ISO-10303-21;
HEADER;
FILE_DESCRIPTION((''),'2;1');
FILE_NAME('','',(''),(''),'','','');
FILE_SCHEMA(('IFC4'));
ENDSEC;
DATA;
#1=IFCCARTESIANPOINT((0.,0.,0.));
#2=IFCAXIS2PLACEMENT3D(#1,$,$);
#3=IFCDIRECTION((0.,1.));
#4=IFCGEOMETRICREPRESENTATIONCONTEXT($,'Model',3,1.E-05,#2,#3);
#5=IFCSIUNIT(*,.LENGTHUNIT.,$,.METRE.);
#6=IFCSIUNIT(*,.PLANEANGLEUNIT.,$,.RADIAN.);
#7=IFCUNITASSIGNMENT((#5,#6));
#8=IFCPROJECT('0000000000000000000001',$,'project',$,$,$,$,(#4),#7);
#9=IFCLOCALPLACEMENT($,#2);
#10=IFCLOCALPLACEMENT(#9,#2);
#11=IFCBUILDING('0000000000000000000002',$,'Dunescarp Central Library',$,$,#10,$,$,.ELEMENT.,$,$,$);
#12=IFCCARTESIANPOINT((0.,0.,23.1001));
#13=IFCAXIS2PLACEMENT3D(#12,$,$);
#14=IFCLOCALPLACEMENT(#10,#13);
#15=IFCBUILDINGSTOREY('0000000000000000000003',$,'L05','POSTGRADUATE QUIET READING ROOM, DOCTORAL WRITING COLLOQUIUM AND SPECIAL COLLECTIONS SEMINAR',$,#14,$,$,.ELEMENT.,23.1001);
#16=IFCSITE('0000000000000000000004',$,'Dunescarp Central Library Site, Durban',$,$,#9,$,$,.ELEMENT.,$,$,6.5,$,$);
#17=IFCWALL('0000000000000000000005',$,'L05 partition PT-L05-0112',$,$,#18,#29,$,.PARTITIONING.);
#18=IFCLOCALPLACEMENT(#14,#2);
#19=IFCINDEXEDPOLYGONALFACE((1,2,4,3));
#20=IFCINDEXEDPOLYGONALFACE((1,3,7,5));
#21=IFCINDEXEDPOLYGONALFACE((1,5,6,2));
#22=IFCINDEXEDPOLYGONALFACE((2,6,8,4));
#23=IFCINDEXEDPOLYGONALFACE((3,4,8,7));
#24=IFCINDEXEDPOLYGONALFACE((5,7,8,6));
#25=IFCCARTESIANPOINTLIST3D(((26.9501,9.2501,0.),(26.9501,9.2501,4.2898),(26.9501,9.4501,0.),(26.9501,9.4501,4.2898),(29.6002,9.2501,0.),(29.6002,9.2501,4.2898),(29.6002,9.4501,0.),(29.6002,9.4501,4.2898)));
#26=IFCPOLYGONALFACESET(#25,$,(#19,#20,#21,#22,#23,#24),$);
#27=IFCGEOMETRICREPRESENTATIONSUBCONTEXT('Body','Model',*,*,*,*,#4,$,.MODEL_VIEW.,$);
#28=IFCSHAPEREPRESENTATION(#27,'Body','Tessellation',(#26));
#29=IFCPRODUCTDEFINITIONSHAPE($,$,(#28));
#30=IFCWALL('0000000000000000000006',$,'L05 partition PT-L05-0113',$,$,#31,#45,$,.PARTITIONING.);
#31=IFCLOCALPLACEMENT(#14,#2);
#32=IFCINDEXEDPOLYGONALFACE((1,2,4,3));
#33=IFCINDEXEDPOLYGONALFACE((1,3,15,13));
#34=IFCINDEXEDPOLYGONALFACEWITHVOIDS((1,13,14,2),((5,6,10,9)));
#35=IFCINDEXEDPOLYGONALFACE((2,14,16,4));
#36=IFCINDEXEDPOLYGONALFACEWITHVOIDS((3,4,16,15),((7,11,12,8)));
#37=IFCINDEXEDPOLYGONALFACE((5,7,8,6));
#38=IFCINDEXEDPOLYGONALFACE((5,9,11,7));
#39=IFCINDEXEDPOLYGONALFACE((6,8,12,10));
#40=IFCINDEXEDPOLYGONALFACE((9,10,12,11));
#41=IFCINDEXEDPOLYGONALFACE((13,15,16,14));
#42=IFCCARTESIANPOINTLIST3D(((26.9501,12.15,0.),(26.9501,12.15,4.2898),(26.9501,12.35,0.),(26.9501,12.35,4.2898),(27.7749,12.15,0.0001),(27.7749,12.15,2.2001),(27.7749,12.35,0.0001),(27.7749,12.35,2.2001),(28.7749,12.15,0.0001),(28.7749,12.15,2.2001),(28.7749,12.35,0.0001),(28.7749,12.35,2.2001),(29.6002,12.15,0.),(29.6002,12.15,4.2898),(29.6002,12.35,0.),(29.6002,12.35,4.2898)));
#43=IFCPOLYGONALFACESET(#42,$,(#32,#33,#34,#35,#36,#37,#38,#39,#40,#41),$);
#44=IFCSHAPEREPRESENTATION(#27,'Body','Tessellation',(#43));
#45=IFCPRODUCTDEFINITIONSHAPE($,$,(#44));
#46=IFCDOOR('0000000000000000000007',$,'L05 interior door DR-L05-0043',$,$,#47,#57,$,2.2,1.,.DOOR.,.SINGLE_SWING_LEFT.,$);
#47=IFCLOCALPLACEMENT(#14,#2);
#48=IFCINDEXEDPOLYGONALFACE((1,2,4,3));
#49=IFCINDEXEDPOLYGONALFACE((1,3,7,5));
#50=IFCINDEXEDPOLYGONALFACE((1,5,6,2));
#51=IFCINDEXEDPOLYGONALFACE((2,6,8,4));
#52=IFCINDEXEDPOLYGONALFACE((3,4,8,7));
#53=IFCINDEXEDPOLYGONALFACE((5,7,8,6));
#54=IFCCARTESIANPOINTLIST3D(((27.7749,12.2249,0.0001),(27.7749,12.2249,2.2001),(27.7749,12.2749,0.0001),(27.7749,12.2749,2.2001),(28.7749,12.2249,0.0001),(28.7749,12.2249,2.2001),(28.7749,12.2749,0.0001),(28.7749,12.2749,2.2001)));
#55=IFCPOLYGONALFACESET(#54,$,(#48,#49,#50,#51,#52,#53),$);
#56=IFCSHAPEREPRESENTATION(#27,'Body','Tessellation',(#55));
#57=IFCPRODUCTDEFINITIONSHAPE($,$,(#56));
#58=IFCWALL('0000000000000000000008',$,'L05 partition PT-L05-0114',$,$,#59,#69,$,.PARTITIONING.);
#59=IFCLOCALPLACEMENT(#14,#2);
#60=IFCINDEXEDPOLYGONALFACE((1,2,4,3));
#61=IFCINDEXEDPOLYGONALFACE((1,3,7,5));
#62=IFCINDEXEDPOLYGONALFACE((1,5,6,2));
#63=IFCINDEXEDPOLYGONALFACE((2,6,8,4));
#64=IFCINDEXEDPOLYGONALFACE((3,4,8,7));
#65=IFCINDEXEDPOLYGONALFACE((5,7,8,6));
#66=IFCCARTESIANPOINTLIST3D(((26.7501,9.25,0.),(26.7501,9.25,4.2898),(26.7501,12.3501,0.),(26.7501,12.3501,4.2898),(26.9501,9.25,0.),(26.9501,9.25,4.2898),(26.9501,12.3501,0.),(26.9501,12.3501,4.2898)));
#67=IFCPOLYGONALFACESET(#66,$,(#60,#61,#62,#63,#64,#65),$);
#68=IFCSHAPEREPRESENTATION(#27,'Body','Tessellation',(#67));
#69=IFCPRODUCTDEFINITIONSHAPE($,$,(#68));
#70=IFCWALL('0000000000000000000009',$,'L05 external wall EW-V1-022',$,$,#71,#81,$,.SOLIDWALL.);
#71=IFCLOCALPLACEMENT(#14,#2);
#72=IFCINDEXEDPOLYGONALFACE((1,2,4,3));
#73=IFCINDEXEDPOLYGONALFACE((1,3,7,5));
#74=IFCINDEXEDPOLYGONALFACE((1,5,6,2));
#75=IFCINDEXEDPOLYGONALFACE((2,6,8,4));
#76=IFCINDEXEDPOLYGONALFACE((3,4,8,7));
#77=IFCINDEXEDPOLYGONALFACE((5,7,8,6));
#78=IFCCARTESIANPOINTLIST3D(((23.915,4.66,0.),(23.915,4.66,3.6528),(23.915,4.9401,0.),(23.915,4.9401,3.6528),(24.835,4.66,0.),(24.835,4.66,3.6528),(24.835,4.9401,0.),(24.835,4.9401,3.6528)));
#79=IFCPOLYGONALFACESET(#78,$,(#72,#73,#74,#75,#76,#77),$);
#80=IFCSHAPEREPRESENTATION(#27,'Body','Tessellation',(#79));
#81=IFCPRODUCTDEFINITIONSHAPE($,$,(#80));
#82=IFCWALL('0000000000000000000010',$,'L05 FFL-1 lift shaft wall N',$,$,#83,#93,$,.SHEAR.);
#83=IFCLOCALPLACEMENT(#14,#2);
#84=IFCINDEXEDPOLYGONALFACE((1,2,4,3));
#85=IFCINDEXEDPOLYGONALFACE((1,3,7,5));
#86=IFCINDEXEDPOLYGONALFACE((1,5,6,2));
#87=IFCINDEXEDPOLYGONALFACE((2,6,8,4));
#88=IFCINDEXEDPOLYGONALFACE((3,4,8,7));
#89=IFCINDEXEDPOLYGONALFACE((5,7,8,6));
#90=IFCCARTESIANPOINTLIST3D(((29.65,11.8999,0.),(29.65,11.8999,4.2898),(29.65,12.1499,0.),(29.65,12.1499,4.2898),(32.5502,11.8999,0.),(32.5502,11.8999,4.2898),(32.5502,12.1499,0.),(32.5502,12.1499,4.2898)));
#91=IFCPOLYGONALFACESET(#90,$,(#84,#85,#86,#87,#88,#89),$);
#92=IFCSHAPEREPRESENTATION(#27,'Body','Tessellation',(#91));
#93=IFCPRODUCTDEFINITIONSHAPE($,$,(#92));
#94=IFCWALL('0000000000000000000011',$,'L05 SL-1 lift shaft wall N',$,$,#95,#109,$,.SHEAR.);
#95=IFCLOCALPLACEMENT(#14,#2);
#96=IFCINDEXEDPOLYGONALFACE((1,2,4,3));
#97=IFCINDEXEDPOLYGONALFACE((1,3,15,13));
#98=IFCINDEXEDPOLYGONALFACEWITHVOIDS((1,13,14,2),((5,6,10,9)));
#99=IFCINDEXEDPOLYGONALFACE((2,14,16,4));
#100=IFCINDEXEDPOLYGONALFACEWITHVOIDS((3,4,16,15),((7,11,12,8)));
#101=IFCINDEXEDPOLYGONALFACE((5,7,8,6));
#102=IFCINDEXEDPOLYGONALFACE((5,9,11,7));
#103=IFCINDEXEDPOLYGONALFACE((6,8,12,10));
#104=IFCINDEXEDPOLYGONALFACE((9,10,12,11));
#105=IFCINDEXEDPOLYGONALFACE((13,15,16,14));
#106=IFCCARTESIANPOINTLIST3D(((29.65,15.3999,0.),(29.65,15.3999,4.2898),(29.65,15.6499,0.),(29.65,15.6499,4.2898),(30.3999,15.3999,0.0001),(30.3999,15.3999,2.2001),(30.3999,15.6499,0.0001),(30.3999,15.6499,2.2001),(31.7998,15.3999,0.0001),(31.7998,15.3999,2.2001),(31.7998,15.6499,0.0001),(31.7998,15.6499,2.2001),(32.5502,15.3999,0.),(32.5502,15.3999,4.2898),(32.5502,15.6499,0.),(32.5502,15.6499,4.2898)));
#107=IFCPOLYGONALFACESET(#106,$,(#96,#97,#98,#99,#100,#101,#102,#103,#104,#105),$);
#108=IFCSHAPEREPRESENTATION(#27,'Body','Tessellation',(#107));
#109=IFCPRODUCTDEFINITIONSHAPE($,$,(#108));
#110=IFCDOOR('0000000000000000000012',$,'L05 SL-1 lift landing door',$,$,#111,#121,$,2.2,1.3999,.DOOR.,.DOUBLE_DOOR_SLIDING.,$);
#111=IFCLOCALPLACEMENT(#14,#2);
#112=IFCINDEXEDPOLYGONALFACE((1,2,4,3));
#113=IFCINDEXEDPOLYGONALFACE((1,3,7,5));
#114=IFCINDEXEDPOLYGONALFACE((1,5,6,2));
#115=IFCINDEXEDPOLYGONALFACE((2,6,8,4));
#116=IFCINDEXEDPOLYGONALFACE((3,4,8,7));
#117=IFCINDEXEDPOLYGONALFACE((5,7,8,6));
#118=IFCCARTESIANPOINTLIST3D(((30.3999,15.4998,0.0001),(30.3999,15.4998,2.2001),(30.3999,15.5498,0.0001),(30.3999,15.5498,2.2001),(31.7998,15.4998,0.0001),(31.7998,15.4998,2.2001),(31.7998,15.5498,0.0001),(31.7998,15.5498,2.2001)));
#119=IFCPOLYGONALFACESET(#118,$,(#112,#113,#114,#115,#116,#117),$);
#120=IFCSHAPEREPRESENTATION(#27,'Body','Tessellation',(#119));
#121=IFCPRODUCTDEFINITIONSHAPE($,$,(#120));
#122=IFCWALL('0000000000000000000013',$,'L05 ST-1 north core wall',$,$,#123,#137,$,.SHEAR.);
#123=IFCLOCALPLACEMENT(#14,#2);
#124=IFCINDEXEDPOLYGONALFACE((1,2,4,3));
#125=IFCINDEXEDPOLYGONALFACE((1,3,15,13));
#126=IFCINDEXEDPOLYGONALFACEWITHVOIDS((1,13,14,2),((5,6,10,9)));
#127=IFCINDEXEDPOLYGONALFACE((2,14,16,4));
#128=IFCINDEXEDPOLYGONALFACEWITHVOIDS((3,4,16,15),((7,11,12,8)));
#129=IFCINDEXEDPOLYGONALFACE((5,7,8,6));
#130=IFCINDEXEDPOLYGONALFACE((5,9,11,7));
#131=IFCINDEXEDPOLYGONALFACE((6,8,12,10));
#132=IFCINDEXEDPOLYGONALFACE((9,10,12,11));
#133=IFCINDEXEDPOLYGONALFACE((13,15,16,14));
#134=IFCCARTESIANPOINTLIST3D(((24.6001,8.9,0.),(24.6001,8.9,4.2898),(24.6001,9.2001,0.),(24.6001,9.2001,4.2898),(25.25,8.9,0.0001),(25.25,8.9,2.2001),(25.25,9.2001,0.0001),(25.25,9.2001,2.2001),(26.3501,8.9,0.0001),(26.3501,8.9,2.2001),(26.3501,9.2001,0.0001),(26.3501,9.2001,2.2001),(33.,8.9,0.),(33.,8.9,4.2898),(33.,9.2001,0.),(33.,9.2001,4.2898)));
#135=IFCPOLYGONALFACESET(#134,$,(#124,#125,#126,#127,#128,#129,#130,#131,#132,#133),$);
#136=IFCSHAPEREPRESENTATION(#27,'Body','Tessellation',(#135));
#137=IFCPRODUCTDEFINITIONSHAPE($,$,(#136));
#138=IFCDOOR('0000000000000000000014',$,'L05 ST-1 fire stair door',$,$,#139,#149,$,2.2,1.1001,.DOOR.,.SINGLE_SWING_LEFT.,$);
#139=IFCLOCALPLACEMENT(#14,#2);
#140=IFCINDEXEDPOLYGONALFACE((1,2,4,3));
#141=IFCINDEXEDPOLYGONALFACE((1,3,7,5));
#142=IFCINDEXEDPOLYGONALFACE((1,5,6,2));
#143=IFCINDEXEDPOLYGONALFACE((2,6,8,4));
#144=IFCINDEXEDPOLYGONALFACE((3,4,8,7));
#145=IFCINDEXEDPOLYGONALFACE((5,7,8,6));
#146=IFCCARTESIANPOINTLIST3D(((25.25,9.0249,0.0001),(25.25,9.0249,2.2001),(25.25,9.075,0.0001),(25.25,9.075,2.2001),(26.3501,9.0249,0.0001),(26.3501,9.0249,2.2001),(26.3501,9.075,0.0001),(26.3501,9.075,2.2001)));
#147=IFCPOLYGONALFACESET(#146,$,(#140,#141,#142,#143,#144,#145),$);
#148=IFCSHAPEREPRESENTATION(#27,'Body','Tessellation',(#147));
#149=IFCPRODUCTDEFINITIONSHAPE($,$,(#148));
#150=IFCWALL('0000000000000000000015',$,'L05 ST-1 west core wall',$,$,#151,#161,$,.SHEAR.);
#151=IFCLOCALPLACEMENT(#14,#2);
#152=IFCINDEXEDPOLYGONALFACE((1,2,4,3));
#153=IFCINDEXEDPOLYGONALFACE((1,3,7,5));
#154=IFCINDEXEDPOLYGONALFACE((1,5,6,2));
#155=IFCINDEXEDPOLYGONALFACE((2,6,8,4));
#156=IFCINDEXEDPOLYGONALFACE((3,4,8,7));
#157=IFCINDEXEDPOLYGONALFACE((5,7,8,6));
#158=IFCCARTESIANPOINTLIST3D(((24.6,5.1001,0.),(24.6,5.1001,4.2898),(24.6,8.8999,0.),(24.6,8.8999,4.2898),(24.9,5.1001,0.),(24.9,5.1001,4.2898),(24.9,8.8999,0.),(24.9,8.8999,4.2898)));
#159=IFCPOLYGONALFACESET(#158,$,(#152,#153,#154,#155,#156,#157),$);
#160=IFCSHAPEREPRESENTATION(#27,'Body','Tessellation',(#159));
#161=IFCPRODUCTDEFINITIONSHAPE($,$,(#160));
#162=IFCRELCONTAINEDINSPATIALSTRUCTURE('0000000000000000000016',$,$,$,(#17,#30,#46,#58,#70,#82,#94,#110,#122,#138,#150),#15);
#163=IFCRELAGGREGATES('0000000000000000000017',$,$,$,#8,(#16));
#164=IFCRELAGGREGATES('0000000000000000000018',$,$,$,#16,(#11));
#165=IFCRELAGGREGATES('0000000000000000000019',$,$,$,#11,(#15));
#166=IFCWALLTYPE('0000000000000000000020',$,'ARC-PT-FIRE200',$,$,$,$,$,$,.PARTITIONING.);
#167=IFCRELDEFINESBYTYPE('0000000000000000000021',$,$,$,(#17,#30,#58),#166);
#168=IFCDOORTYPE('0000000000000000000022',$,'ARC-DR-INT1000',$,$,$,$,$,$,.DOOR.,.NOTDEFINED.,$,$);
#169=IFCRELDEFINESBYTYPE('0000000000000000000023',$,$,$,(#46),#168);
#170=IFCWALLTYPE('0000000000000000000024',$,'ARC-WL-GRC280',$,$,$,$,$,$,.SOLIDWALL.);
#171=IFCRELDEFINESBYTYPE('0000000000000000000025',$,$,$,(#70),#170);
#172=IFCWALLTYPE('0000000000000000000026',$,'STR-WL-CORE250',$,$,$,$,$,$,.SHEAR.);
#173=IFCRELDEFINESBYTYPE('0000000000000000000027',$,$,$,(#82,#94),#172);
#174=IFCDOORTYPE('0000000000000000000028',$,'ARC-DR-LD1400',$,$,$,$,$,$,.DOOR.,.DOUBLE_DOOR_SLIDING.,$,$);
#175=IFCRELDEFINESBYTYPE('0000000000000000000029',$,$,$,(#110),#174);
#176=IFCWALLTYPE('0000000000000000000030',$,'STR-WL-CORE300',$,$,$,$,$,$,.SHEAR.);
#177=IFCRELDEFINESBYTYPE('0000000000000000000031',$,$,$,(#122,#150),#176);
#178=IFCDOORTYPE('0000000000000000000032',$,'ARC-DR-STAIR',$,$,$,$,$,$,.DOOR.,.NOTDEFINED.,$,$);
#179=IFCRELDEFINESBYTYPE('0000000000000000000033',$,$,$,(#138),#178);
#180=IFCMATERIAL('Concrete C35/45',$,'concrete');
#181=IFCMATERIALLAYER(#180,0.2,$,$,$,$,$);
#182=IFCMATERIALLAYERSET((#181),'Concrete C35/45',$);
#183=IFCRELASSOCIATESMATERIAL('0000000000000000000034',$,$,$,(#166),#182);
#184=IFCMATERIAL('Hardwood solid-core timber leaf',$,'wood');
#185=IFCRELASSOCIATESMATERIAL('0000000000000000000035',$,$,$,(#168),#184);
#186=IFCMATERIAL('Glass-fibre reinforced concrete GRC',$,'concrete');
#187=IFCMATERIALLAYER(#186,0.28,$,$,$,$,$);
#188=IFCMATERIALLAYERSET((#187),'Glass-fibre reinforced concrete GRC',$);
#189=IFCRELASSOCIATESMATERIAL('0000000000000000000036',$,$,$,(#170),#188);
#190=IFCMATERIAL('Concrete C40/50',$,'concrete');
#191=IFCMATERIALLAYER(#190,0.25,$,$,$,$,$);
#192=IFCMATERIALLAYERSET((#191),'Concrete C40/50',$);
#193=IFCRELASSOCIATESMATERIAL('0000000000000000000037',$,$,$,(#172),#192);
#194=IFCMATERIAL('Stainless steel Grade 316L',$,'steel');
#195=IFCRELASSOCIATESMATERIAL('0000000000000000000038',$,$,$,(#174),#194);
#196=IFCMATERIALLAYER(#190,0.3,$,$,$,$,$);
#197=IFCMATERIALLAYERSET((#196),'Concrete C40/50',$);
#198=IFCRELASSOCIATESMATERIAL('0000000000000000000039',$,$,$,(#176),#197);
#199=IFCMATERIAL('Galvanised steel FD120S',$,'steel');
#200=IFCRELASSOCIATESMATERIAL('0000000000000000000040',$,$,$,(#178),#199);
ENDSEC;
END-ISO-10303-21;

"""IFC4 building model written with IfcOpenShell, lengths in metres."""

from ifc_helpers import new_model, si_unit, direction, frame, frame_2d, origin, place, context, subcontext, project, spatial, rectangle, extrude, material, layer, layer_set, type_object, element, fill, save


model = new_model("IFC4")

# Units and contexts
model_context = context("Model", 3, precision=1e-05, world=origin(), true_north=direction((0.0, 1.0)))
body_context = subcontext(model_context, "Body", "Model", "MODEL_VIEW")
ifc_project = project(units=[si_unit("LENGTHUNIT", "METRE"), si_unit("PLANEANGLEUNIT", "RADIAN")], contexts=[model_context])

# Site, building, storey
site_placement = place(None, origin())
site = spatial("IfcSite", under=ifc_project, at=site_placement, Name="Dunescarp Central Library Site, Durban", CompositionType="ELEMENT", RefElevation=6.5)
building_placement = place(site_placement, origin())
building = spatial("IfcBuilding", under=site, at=building_placement, Name="Dunescarp Central Library", CompositionType="ELEMENT")
storey_placement = place(building_placement, frame((0.0, 0.0, 23.1001)))
storey = spatial("IfcBuildingStorey", under=building, at=storey_placement, Name="L05", Description="POSTGRADUATE QUIET READING ROOM, DOCTORAL WRITING COLLOQUIUM AND SPECIAL COLLECTIONS SEMINAR", CompositionType="ELEMENT", Elevation=23.1001)

# Shared definitions
ifc_material_1 = material(Name="Hardwood solid-core timber leaf", Category="wood")

# Wall
ifc_material_2 = material(Name="Concrete C35/45", Category="concrete")
ifc_layer_1 = layer(ifc_material_2, 0.2)
ifc_layer_set_1 = layer_set([ifc_layer_1], Name="Concrete C35/45")
wall_type_1 = type_object("IfcWallType", Name="ARC-PT-FIRE200", PredefinedType="PARTITIONING", material=ifc_layer_set_1)
wall_1_placement = place(storey_placement, frame((26.95, 9.3501, 0.0), z_axis=(0.0, 0.0, 1.0), x_axis=(1.0, 0.0, 0.0)))
element("IfcWall", 1, at=wall_1_placement, inside=storey, type_object=wall_type_1, Name="L05 partition PT-L05-0112", PredefinedType="PARTITIONING", context=body_context, shape_type="SweptSolid", body=[
    extrude(rectangle(XDim=2.6501, YDim=0.2, at=frame_2d((1.3252, 0.0))), origin(), (0.0, 0.0, 1.0), 4.2898),
])

# Wall, opening, door
wall_2_placement = place(storey_placement, frame((26.95, 12.25, 0.0), z_axis=(0.0, 0.0, 1.0), x_axis=(1.0, 0.0, 0.0)))
wall_2 = element("IfcWall", 2, at=wall_2_placement, inside=storey, type_object=wall_type_1, Name="L05 partition PT-L05-0113", PredefinedType="PARTITIONING", context=body_context, shape_type="SweptSolid", body=[
    extrude(rectangle(XDim=2.6501, YDim=0.2, at=frame_2d((1.3252, 0.0))), origin(), (0.0, 0.0, 1.0), 4.2898),
])
opening_1_placement = place(wall_2_placement, frame((0.825, 0.0, 0.0)))
opening_1 = element("IfcOpeningElement", 3, at=opening_1_placement, cuts=wall_2, PredefinedType="OPENING", context=body_context, shape_type="SweptSolid", body=[
    extrude(rectangle(XDim=1.0, YDim=2.2, at=frame_2d((0.5, 1.1001))), frame((0.0, 0.1099, 0.0), z_axis=(0.0, -1.0, 0.0), x_axis=(1.0, 0.0, 0.0)), (0.0, 0.0, 1.0), 0.22),
])
door_type_1 = type_object("IfcDoorType", Name="ARC-DR-INT1000", OperationType="NOTDEFINED", PredefinedType="DOOR", material=ifc_material_1)
door_1_placement = place(opening_1_placement, origin())
door_1 = element("IfcDoor", 4, at=door_1_placement, inside=storey, type_object=door_type_1, Name="L05 interior door DR-L05-0043", OperationType="SINGLE_SWING_LEFT", OverallHeight=2.2, OverallWidth=1.0, PredefinedType="DOOR", context=body_context, shape_type="SweptSolid", body=[
    extrude(rectangle(XDim=1.0, YDim=2.2, at=frame_2d((0.5, 1.1001))), frame((0.0, 0.0249, 0.0), z_axis=(0.0, -1.0, 0.0), x_axis=(1.0, 0.0, 0.0)), (0.0, 0.0, 1.0), 0.05),
])
fill(opening_1, door_1)

# Walls
wall_3_placement = place(storey_placement, frame((26.8501, 9.25, 0.0), z_axis=(0.0, 0.0, 1.0), x_axis=(0.0, 1.0, 0.0)))
element("IfcWall", 5, at=wall_3_placement, inside=storey, type_object=wall_type_1, Name="L05 partition PT-L05-0114", PredefinedType="PARTITIONING", context=body_context, shape_type="SweptSolid", body=[
    extrude(rectangle(XDim=3.1001, YDim=0.2, at=frame_2d((1.55, 0.0))), origin(), (0.0, 0.0, 1.0), 4.2898),
])
ifc_material_3 = material(Name="Glass-fibre reinforced concrete GRC", Category="concrete")
ifc_layer_2 = layer(ifc_material_3, 0.28)
ifc_layer_set_2 = layer_set([ifc_layer_2], Name="Glass-fibre reinforced concrete GRC")
wall_type_2 = type_object("IfcWallType", Name="ARC-WL-GRC280", PredefinedType="SOLIDWALL", material=ifc_layer_set_2)
wall_4_placement = place(storey_placement, frame((24.835, 4.8, 0.0), z_axis=(0.0, 0.0, 1.0), x_axis=(-1.0, 0.0, 0.0)))
element("IfcWall", 6, at=wall_4_placement, inside=storey, type_object=wall_type_2, Name="L05 external wall EW-V1-022", PredefinedType="SOLIDWALL", context=body_context, shape_type="SweptSolid", body=[
    extrude(rectangle(XDim=0.9199, YDim=0.28, at=frame_2d((0.46, 0.0))), origin(), (0.0, 0.0, 1.0), 3.6528),
])
ifc_material_4 = material(Name="Concrete C40/50", Category="concrete")
ifc_layer_3 = layer(ifc_material_4, 0.25)
ifc_layer_set_3 = layer_set([ifc_layer_3], Name="Concrete C40/50")
wall_type_3 = type_object("IfcWallType", Name="STR-WL-CORE250", PredefinedType="SHEAR", material=ifc_layer_set_3)
wall_5_placement = place(storey_placement, frame((29.6499, 12.0249, 0.0), z_axis=(0.0, 0.0, 1.0), x_axis=(1.0, 0.0, 0.0)))
element("IfcWall", 7, at=wall_5_placement, inside=storey, type_object=wall_type_3, Name="L05 FFL-1 lift shaft wall N", PredefinedType="SHEAR", context=body_context, shape_type="SweptSolid", body=[
    extrude(rectangle(XDim=2.9001, YDim=0.25, at=frame_2d((1.4502, 0.0))), origin(), (0.0, 0.0, 1.0), 4.2898),
])

# Walls, openings, doors
wall_6_placement = place(storey_placement, frame((29.6499, 15.5249, 0.0), z_axis=(0.0, 0.0, 1.0), x_axis=(1.0, 0.0, 0.0)))
wall_6 = element("IfcWall", 8, at=wall_6_placement, inside=storey, type_object=wall_type_3, Name="L05 SL-1 lift shaft wall N", PredefinedType="SHEAR", context=body_context, shape_type="SweptSolid", body=[
    extrude(rectangle(XDim=2.9001, YDim=0.25, at=frame_2d((1.4502, 0.0))), origin(), (0.0, 0.0, 1.0), 4.2898),
])
opening_2_placement = place(wall_6_placement, frame((0.75, 0.0, 0.0)))
opening_2 = element("IfcOpeningElement", 9, at=opening_2_placement, cuts=wall_6, PredefinedType="OPENING", context=body_context, shape_type="SweptSolid", body=[
    extrude(rectangle(XDim=1.3999, YDim=2.2, at=frame_2d((0.7, 1.1001))), frame((0.0, 0.135, 0.0), z_axis=(0.0, -1.0, 0.0), x_axis=(1.0, 0.0, 0.0)), (0.0, 0.0, 1.0), 0.27),
])
ifc_material_5 = material(Name="Stainless steel Grade 316L", Category="steel")
door_type_2 = type_object("IfcDoorType", Name="ARC-DR-LD1400", OperationType="DOUBLE_DOOR_SLIDING", PredefinedType="DOOR", material=ifc_material_5)
door_2_placement = place(opening_2_placement, origin())
door_2 = element("IfcDoor", 10, at=door_2_placement, inside=storey, type_object=door_type_2, Name="L05 SL-1 lift landing door", OperationType="DOUBLE_DOOR_SLIDING", OverallHeight=2.2, OverallWidth=1.3999, PredefinedType="DOOR", context=body_context, shape_type="SweptSolid", body=[
    extrude(rectangle(XDim=1.3999, YDim=2.2, at=frame_2d((0.7, 1.1001))), frame((0.0, 0.0249, 0.0), z_axis=(0.0, -1.0, 0.0), x_axis=(1.0, 0.0, 0.0)), (0.0, 0.0, 1.0), 0.05),
])
fill(opening_2, door_2)
ifc_layer_4 = layer(ifc_material_4, 0.3)
ifc_layer_set_4 = layer_set([ifc_layer_4], Name="Concrete C40/50")
wall_type_4 = type_object("IfcWallType", Name="STR-WL-CORE300", PredefinedType="SHEAR", material=ifc_layer_set_4)
wall_7_placement = place(storey_placement, frame((24.6001, 9.05, 0.0), z_axis=(0.0, 0.0, 1.0), x_axis=(1.0, 0.0, 0.0)))
wall_7 = element("IfcWall", 11, at=wall_7_placement, inside=storey, type_object=wall_type_4, Name="L05 ST-1 north core wall", PredefinedType="SHEAR", context=body_context, shape_type="SweptSolid", body=[
    extrude(rectangle(XDim=8.3999, YDim=0.3, at=frame_2d((4.2, 0.0))), origin(), (0.0, 0.0, 1.0), 4.2898),
])
opening_3_placement = place(wall_7_placement, frame((0.6499, 0.0, 0.0)))
opening_3 = element("IfcOpeningElement", 12, at=opening_3_placement, cuts=wall_7, PredefinedType="OPENING", context=body_context, shape_type="SweptSolid", body=[
    extrude(rectangle(XDim=1.1001, YDim=2.2, at=frame_2d((0.55, 1.1001))), frame((0.0, 0.1602, 0.0), z_axis=(0.0, -1.0, 0.0), x_axis=(1.0, 0.0, 0.0)), (0.0, 0.0, 1.0), 0.3201),
])
ifc_material_6 = material(Name="Galvanised steel FD120S", Category="steel")
door_type_3 = type_object("IfcDoorType", Name="ARC-DR-STAIR", OperationType="NOTDEFINED", PredefinedType="DOOR", material=ifc_material_6)
door_3_placement = place(opening_3_placement, origin())
door_3 = element("IfcDoor", 13, at=door_3_placement, inside=storey, type_object=door_type_3, Name="L05 ST-1 fire stair door", OperationType="SINGLE_SWING_LEFT", OverallHeight=2.2, OverallWidth=1.1001, PredefinedType="DOOR", context=body_context, shape_type="SweptSolid", body=[
    extrude(rectangle(XDim=1.1001, YDim=2.2, at=frame_2d((0.55, 1.1001))), frame((0.0, 0.0249, 0.0), z_axis=(0.0, -1.0, 0.0), x_axis=(1.0, 0.0, 0.0)), (0.0, 0.0, 1.0), 0.05),
])
fill(opening_3, door_3)

# Wall
wall_8_placement = place(storey_placement, frame((24.75, 5.1001, 0.0), z_axis=(0.0, 0.0, 1.0), x_axis=(0.0, 1.0, 0.0)))
element("IfcWall", 14, at=wall_8_placement, inside=storey, type_object=wall_type_4, Name="L05 ST-1 west core wall", PredefinedType="SHEAR", context=body_context, shape_type="SweptSolid", body=[
    extrude(rectangle(XDim=3.7998, YDim=0.3, at=frame_2d((1.8999, 0.0))), origin(), (0.0, 0.0, 1.0), 4.2898),
])

save(model, "model.ifc")
